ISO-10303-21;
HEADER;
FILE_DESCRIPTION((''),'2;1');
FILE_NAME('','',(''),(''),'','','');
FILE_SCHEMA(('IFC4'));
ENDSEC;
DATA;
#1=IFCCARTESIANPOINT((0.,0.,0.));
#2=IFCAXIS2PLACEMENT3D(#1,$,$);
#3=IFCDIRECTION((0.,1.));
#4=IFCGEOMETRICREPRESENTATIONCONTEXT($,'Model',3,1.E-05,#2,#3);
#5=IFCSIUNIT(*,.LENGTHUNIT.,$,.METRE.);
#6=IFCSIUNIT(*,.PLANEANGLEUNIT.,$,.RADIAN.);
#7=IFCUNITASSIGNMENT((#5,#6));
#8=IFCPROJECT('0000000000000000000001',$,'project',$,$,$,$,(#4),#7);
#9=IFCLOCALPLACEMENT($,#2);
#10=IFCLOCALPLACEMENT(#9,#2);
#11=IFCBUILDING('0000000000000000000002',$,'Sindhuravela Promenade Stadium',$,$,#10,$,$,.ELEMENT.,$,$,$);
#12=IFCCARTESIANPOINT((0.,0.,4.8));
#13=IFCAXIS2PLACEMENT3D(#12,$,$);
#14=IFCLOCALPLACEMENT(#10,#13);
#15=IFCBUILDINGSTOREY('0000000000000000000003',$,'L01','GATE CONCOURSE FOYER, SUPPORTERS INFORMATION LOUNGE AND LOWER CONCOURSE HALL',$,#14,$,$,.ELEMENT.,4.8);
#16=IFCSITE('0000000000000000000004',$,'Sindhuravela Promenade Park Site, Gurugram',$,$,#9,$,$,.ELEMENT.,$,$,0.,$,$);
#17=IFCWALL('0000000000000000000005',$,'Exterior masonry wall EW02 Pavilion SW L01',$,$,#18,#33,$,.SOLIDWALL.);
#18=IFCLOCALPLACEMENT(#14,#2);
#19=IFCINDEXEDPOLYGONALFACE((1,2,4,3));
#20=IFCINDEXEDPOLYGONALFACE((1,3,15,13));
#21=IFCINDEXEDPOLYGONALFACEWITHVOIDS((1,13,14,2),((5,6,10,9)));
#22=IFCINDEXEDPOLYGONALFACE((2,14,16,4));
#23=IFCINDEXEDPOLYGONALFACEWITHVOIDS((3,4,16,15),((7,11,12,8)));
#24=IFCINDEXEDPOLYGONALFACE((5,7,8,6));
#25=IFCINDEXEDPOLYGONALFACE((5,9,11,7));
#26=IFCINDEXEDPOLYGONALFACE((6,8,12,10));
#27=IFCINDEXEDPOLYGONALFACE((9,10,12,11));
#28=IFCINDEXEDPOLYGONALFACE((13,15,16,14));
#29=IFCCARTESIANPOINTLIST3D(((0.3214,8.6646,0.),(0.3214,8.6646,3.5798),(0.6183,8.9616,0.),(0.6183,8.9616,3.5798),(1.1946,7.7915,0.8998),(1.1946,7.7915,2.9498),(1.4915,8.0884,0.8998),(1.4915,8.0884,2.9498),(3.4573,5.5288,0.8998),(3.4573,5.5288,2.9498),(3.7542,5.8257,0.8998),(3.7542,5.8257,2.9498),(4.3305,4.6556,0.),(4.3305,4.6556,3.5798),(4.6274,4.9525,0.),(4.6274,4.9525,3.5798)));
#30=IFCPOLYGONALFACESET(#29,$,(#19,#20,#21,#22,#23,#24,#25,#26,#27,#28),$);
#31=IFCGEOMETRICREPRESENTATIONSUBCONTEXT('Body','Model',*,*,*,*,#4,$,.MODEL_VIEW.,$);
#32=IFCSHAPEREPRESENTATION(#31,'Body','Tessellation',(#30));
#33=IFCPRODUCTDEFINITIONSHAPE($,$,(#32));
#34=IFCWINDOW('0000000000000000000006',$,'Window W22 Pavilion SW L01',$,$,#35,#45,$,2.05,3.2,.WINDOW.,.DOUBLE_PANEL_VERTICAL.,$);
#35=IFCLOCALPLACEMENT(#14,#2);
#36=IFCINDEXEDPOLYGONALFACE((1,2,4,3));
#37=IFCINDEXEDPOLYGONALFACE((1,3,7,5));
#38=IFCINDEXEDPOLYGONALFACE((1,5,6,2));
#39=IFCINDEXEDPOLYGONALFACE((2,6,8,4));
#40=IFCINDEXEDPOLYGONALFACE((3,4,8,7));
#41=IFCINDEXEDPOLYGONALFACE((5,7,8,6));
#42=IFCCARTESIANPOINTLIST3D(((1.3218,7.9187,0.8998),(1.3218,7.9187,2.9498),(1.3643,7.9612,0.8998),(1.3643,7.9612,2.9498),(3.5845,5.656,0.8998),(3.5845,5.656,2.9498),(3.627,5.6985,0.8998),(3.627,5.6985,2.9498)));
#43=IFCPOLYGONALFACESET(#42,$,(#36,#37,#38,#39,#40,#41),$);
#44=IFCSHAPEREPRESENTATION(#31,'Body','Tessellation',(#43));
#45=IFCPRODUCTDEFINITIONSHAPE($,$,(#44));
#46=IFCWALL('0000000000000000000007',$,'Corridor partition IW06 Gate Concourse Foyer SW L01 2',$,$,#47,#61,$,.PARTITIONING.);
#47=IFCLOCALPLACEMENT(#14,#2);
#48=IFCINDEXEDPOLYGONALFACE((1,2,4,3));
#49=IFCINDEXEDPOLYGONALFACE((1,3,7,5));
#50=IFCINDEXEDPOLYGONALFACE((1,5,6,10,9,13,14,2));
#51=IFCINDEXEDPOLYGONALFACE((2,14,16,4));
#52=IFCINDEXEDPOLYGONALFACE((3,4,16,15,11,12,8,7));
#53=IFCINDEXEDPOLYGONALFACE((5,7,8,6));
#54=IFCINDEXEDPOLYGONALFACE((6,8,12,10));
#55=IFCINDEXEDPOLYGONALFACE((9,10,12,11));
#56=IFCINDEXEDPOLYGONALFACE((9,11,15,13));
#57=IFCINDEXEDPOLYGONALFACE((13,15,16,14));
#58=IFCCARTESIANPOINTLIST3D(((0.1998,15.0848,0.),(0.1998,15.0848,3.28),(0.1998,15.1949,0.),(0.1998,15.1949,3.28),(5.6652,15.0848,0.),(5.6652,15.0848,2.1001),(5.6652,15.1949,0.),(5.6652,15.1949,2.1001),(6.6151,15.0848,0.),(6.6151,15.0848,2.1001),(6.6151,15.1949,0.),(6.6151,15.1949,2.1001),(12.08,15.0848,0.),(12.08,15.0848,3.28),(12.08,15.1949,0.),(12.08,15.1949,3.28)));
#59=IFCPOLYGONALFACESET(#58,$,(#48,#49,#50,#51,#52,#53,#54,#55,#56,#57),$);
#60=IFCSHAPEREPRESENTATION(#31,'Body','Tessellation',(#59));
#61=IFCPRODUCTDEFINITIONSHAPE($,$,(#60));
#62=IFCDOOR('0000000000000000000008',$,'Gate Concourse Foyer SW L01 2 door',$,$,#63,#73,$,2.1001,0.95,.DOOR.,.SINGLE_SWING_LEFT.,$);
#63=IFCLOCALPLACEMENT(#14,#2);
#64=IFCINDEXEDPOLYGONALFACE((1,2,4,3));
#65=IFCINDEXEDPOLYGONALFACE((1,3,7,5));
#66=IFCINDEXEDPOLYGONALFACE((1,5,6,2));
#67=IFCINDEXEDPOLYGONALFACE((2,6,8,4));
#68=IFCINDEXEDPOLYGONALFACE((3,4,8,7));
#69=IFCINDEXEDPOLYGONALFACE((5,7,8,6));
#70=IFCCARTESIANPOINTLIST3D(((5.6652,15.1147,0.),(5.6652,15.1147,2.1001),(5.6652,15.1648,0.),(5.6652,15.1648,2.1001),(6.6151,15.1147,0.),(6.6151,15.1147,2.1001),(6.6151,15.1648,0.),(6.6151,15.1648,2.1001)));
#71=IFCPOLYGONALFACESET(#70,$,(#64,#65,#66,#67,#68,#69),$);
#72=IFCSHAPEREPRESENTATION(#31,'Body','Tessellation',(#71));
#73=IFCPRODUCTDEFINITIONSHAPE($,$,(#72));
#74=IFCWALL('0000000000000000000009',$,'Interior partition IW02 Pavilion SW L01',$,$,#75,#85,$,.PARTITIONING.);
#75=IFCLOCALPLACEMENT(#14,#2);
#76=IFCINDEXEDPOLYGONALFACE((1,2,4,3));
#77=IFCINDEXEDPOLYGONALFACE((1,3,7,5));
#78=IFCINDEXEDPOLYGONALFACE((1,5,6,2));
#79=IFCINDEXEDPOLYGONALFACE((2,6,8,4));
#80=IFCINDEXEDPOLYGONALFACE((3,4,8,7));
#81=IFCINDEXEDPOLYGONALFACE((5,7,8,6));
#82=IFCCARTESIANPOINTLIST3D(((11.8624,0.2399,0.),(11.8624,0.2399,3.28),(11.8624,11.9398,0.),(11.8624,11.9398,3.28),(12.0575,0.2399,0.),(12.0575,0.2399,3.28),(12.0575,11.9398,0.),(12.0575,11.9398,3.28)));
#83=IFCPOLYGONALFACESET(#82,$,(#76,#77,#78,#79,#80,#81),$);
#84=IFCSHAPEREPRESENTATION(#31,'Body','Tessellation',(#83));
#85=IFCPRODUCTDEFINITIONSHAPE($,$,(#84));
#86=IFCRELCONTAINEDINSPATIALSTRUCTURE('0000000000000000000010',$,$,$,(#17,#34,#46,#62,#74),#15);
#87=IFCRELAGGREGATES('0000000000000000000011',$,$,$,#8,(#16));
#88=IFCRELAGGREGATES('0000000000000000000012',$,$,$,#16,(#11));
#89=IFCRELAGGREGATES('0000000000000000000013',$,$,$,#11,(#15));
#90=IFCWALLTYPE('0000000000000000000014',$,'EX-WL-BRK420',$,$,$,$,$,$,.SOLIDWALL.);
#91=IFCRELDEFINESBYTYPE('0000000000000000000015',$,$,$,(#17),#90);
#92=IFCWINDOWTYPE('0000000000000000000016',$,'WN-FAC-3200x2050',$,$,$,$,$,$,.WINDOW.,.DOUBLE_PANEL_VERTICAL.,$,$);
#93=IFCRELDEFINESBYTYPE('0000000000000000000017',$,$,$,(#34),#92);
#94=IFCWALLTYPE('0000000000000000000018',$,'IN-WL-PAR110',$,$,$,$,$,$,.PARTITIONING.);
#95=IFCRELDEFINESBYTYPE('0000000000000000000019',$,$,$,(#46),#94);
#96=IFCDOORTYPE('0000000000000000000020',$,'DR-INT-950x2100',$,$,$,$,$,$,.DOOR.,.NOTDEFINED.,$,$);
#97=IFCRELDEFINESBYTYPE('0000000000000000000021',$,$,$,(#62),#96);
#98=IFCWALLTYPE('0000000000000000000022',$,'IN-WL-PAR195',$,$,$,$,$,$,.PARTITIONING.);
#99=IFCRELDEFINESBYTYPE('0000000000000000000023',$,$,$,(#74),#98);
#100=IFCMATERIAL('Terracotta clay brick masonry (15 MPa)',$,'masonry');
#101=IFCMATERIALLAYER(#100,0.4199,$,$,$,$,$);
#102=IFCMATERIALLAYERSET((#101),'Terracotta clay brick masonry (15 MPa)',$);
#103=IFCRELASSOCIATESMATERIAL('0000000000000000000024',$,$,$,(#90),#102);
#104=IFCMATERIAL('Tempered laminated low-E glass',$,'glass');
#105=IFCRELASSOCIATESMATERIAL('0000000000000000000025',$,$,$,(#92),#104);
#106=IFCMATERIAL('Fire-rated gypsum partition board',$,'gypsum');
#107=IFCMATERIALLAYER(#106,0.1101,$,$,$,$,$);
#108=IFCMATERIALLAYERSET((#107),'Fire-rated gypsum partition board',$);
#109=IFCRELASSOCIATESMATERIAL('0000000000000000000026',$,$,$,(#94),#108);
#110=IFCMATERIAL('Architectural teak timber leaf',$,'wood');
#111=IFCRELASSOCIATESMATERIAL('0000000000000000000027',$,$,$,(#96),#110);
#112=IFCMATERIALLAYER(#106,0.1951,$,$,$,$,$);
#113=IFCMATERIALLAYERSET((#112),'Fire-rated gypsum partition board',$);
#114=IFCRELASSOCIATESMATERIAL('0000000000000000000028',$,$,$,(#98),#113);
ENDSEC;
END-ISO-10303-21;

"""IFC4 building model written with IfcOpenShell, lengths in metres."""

from ifc_helpers import new_model, si_unit, direction, frame, frame_2d, origin, place, context, subcontext, project, spatial, rectangle, extrude, material, layer, layer_set, type_object, element, fill, save


model = new_model("IFC4")

# Units and contexts
model_context = context("Model", 3, precision=1e-05, world=origin(), true_north=direction((0.0, 1.0)))
body_context = subcontext(model_context, "Body", "Model", "MODEL_VIEW")
ifc_project = project(units=[si_unit("LENGTHUNIT", "METRE"), si_unit("PLANEANGLEUNIT", "RADIAN")], contexts=[model_context])

# Site, building, storey
site_placement = place(None, origin())
site = spatial("IfcSite", under=ifc_project, at=site_placement, Name="Sindhuravela Promenade Park Site, Gurugram", CompositionType="ELEMENT", RefElevation=0.0)
building_placement = place(site_placement, origin())
building = spatial("IfcBuilding", under=site, at=building_placement, Name="Sindhuravela Promenade Stadium", CompositionType="ELEMENT")
storey_placement = place(building_placement, frame((0.0, 0.0, 4.8)))
storey = spatial("IfcBuildingStorey", under=building, at=storey_placement, Name="L01", Description="GATE CONCOURSE FOYER, SUPPORTERS INFORMATION LOUNGE AND LOWER CONCOURSE HALL", CompositionType="ELEMENT", Elevation=4.8)

# Wall, opening, window
ifc_material_1 = material(Name="Terracotta clay brick masonry (15 MPa)", Category="masonry")
ifc_material_2 = material(Name="Tempered laminated low-E glass", Category="glass")
ifc_layer_1 = layer(ifc_material_1, 0.4199)
ifc_layer_set_1 = layer_set([ifc_layer_1], Name="Terracotta clay brick masonry (15 MPa)")
wall_type_1 = type_object("IfcWallType", Name="EX-WL-BRK420", PredefinedType="SOLIDWALL", material=ifc_layer_set_1)
wall_1_placement = place(storey_placement, frame((4.479, 4.804, 0.0), z_axis=(0.0, 0.0, 1.0), x_axis=(-0.707107, 0.707107, 0.0)))
wall_1 = element("IfcWall", 1, at=wall_1_placement, inside=storey, type_object=wall_type_1, Name="Exterior masonry wall EW02 Pavilion SW L01", PredefinedType="SOLIDWALL", context=body_context, shape_type="SweptSolid", body=[
    extrude(rectangle(XDim=5.6697, YDim=0.4199, at=frame_2d((2.835, 0.0))), origin(), (0.0, 0.0, 1.0), 3.5798),
])
opening_1_placement = place(wall_1_placement, frame((1.2349, 0.0, 0.8999)))
opening_1 = element("IfcOpeningElement", 2, at=opening_1_placement, cuts=wall_1, PredefinedType="OPENING", context=body_context, shape_type="SweptSolid", body=[
    extrude(rectangle(XDim=3.2, YDim=2.05, at=frame_2d((1.6001, 1.0249))), frame((0.0, 0.22, 0.0), z_axis=(0.0, -1.0, 0.0), x_axis=(1.0, 0.0, 0.0)), (0.0, 0.0, 1.0), 0.4399),
])
window_type_1 = type_object("IfcWindowType", Name="WN-FAC-3200x2050", PartitioningType="DOUBLE_PANEL_VERTICAL", PredefinedType="WINDOW", material=ifc_material_2)
window_1_placement = place(opening_1_placement, origin())
window_1 = element("IfcWindow", 3, at=window_1_placement, inside=storey, type_object=window_type_1, Name="Window W22 Pavilion SW L01", OverallHeight=2.05, OverallWidth=3.2, PartitioningType="DOUBLE_PANEL_VERTICAL", PredefinedType="WINDOW", context=body_context, shape_type="SweptSolid", body=[
    extrude(rectangle(XDim=3.2, YDim=2.05, at=frame_2d((1.6001, 1.0249))), frame((0.0, 0.03, 0.0), z_axis=(0.0, -1.0, 0.0), x_axis=(1.0, 0.0, 0.0)), (0.0, 0.0, 1.0), 0.0601),
])
fill(opening_1, window_1)

# Wall, opening, door
ifc_material_3 = material(Name="Fire-rated gypsum partition board", Category="gypsum")
ifc_layer_2 = layer(ifc_material_3, 0.1101)
ifc_layer_set_2 = layer_set([ifc_layer_2], Name="Fire-rated gypsum partition board")
wall_type_2 = type_object("IfcWallType", Name="IN-WL-PAR110", PredefinedType="PARTITIONING", material=ifc_layer_set_2)
wall_2_placement = place(storey_placement, frame((0.2, 15.1399, 0.0), z_axis=(0.0, 0.0, 1.0), x_axis=(1.0, 0.0, 0.0)))
wall_2 = element("IfcWall", 4, at=wall_2_placement, inside=storey, type_object=wall_type_2, Name="Corridor partition IW06 Gate Concourse Foyer SW L01 2", PredefinedType="PARTITIONING", context=body_context, shape_type="SweptSolid", body=[
    extrude(rectangle(XDim=11.8801, YDim=0.1101, at=frame_2d((5.9399, 0.0))), origin(), (0.0, 0.0, 1.0), 3.28),
])
opening_2_placement = place(wall_2_placement, frame((5.4651, 0.0, 0.0)))
opening_2 = element("IfcOpeningElement", 5, at=opening_2_placement, cuts=wall_2, PredefinedType="OPENING", context=body_context, shape_type="SweptSolid", body=[
    extrude(rectangle(XDim=0.95, YDim=2.1001, at=frame_2d((0.4751, 1.05))), frame((0.0, 0.0649, 0.0), z_axis=(0.0, -1.0, 0.0), x_axis=(1.0, 0.0, 0.0)), (0.0, 0.0, 1.0), 0.1301),
])
ifc_material_4 = material(Name="Architectural teak timber leaf", Category="wood")
door_type = type_object("IfcDoorType", Name="DR-INT-950x2100", OperationType="NOTDEFINED", PredefinedType="DOOR", material=ifc_material_4)
door_placement = place(opening_2_placement, origin())
door = element("IfcDoor", 6, at=door_placement, inside=storey, type_object=door_type, Name="Gate Concourse Foyer SW L01 2 door", OperationType="SINGLE_SWING_LEFT", OverallHeight=2.1001, OverallWidth=0.95, PredefinedType="DOOR", context=body_context, shape_type="SweptSolid", body=[
    extrude(rectangle(XDim=0.95, YDim=2.1001, at=frame_2d((0.4751, 1.05))), frame((0.0, 0.0249, 0.0), z_axis=(0.0, -1.0, 0.0), x_axis=(1.0, 0.0, 0.0)), (0.0, 0.0, 1.0), 0.05),
])
fill(opening_2, door)

# Wall
ifc_layer_3 = layer(ifc_material_3, 0.1951)
ifc_layer_set_3 = layer_set([ifc_layer_3], Name="Fire-rated gypsum partition board")
wall_type_3 = type_object("IfcWallType", Name="IN-WL-PAR195", PredefinedType="PARTITIONING", material=ifc_layer_set_3)
wall_3_placement = place(storey_placement, frame((11.96, 11.9399, 0.0), z_axis=(0.0, 0.0, 1.0), x_axis=(0.0, -1.0, 0.0)))
element("IfcWall", 7, at=wall_3_placement, inside=storey, type_object=wall_type_3, Name="Interior partition IW02 Pavilion SW L01", PredefinedType="PARTITIONING", context=body_context, shape_type="SweptSolid", body=[
    extrude(rectangle(XDim=11.7, YDim=0.1951, at=frame_2d((5.8501, 0.0))), origin(), (0.0, 0.0, 1.0), 3.28),
])

save(model, "model.ifc")
